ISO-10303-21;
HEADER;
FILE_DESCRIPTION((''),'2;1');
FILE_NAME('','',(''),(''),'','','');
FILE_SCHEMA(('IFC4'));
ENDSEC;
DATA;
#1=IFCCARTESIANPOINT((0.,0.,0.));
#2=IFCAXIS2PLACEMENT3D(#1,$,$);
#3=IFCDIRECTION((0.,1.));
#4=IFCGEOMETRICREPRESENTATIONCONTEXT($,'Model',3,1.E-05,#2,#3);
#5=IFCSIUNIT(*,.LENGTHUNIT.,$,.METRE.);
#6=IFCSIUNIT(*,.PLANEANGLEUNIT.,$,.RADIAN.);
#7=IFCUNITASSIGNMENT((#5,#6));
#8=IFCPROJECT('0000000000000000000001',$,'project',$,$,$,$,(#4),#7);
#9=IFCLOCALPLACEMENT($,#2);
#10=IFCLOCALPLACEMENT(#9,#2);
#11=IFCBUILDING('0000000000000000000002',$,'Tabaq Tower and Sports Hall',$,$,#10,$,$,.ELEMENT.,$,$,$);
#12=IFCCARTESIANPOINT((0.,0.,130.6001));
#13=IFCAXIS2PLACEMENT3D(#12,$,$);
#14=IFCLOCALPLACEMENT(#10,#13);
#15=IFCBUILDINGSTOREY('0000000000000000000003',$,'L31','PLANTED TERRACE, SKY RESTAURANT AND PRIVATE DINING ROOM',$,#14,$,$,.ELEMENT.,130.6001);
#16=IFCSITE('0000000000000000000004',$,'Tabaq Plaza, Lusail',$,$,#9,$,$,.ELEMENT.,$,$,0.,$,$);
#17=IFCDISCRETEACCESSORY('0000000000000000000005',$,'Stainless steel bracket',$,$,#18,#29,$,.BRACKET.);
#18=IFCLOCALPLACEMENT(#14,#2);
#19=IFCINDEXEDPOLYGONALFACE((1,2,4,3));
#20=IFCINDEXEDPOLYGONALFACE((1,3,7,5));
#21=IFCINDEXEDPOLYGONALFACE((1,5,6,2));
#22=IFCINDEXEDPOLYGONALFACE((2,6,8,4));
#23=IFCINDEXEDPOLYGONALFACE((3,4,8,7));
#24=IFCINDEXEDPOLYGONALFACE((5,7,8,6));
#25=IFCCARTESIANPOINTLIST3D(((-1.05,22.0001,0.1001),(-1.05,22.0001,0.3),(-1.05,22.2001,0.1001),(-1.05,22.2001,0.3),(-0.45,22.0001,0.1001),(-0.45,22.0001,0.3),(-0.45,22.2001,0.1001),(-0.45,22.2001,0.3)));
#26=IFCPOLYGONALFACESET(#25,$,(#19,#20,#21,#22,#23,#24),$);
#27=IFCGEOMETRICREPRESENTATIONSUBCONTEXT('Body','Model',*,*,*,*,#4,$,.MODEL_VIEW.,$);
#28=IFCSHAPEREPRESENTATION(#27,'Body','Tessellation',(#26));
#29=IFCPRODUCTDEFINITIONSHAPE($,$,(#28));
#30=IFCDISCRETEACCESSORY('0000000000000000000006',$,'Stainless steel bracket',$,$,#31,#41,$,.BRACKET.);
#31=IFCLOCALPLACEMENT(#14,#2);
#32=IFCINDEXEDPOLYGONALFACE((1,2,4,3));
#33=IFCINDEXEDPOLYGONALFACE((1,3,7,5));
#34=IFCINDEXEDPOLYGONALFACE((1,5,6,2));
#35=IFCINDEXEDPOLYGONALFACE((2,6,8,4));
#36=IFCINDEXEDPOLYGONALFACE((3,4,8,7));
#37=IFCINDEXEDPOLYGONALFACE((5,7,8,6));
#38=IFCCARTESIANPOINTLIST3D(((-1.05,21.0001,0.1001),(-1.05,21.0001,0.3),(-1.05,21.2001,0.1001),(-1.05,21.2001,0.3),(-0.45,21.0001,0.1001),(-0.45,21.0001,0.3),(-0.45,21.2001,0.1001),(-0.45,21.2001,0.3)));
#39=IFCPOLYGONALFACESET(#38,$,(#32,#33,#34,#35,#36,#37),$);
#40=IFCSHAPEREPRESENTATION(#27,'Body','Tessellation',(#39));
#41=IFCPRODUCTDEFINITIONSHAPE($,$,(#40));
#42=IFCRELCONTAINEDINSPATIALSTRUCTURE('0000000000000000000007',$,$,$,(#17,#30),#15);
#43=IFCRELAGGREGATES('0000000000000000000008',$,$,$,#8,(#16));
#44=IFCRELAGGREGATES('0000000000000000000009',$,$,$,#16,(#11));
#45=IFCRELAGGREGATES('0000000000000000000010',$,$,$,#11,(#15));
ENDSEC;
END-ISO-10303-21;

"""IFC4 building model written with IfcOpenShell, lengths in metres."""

from ifc_helpers import new_model, si_unit, direction, frame, origin, origin_2d, place, context, subcontext, project, spatial, rectangle, extrude, element, save


model = new_model("IFC4")

# Units and contexts
model_context = context("Model", 3, precision=1e-05, world=origin(), true_north=direction((0.0, 1.0)))
body_context = subcontext(model_context, "Body", "Model", "MODEL_VIEW")
ifc_project = project(units=[si_unit("LENGTHUNIT", "METRE"), si_unit("PLANEANGLEUNIT", "RADIAN")], contexts=[model_context])

# Site, building, storey
site_placement = place(None, origin())
site = spatial("IfcSite", under=ifc_project, at=site_placement, Name="Tabaq Plaza, Lusail", CompositionType="ELEMENT", RefElevation=0.0)
building_placement = place(site_placement, origin())
building = spatial("IfcBuilding", under=site, at=building_placement, Name="Tabaq Tower and Sports Hall", CompositionType="ELEMENT")
storey_placement = place(building_placement, frame((0.0, 0.0, 130.6001)))
storey = spatial("IfcBuildingStorey", under=building, at=storey_placement, Name="L31", Description="PLANTED TERRACE, SKY RESTAURANT AND PRIVATE DINING ROOM", CompositionType="ELEMENT", Elevation=130.6001)

# Discrete accessories
for number, where, z_axis, x_axis, name in (
    (1, (-0.75, 22.1001, 0.1001), (0.0, 0.0, 1.0), (-1.0, 0.0, 0.0), "Stainless steel bracket"),
    (2, (-0.75, 21.1001, 0.1001), (0.0, 0.0, 1.0), (-1.0, 0.0, 0.0), "Stainless steel bracket"),
):
    element("IfcDiscreteAccessory", number, at=place(storey_placement, frame(where, z_axis=z_axis, x_axis=x_axis)), inside=storey, Name=name, PredefinedType="BRACKET", context=body_context, shape_type="SweptSolid", body=[
        extrude(rectangle(XDim=0.6001, YDim=0.2, at=origin_2d()), origin(), (0.0, 0.0, 1.0), 0.2),
    ])

save(model, "model.ifc")
